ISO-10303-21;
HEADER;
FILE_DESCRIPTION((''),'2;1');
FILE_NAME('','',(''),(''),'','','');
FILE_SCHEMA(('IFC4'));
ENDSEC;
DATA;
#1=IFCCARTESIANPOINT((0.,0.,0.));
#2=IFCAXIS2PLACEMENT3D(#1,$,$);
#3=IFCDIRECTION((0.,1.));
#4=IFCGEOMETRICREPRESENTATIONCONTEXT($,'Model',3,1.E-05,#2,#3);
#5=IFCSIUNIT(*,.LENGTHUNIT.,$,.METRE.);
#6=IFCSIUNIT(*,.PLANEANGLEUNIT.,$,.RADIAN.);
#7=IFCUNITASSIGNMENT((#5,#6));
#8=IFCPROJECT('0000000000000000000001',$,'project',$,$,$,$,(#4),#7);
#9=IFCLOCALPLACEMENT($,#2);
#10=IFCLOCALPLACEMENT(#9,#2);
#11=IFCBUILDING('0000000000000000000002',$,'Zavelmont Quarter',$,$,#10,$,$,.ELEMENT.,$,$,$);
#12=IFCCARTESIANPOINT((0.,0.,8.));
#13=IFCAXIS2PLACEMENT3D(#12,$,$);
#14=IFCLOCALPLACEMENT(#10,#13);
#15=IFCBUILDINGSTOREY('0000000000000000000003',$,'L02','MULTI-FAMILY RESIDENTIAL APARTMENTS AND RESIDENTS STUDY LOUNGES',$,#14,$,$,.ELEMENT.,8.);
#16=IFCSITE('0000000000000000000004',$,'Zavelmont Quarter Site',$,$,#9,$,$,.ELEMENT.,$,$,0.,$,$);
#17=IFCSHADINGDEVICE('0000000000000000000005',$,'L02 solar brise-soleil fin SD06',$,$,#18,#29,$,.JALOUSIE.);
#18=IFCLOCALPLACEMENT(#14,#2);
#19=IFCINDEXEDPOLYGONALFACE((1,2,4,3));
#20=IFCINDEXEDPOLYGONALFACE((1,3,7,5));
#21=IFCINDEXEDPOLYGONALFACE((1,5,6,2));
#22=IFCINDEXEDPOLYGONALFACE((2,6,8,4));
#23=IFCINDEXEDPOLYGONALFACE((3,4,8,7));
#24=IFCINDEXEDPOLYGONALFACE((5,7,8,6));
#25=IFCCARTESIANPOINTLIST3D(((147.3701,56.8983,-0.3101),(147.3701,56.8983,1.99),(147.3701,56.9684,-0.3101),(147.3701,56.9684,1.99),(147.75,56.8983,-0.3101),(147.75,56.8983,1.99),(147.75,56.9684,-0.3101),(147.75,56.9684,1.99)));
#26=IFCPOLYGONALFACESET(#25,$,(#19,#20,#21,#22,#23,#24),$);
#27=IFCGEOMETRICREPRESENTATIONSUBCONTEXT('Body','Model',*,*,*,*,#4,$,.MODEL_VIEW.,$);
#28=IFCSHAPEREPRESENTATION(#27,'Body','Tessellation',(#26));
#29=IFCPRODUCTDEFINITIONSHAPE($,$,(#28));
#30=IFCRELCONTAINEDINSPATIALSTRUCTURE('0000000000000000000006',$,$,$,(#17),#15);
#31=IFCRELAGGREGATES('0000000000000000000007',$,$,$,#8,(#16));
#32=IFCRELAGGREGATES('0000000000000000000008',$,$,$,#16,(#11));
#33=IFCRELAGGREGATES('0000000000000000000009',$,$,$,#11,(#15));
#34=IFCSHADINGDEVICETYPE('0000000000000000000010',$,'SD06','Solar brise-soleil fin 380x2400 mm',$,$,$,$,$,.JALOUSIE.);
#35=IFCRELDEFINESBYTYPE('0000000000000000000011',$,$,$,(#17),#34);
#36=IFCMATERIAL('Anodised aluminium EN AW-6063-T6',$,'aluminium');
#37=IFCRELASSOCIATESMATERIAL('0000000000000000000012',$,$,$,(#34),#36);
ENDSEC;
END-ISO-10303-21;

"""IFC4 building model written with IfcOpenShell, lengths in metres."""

from ifc_helpers import new_model, si_unit, direction, frame, origin, origin_2d, place, context, subcontext, project, spatial, rectangle, extrude, material, type_object, element, save


model = new_model("IFC4")

# Units and contexts
model_context = context("Model", 3, precision=1e-05, world=origin(), true_north=direction((0.0, 1.0)))
body_context = subcontext(model_context, "Body", "Model", "MODEL_VIEW")
ifc_project = project(units=[si_unit("LENGTHUNIT", "METRE"), si_unit("PLANEANGLEUNIT", "RADIAN")], contexts=[model_context])

# Site, building, storey
site_placement = place(None, origin())
site = spatial("IfcSite", under=ifc_project, at=site_placement, Name="Zavelmont Quarter Site", CompositionType="ELEMENT", RefElevation=0.0)
building_placement = place(site_placement, origin())
building = spatial("IfcBuilding", under=site, at=building_placement, Name="Zavelmont Quarter", CompositionType="ELEMENT")
storey_placement = place(building_placement, frame((0.0, 0.0, 8.0)))
storey = spatial("IfcBuildingStorey", under=building, at=storey_placement, Name="L02", Description="MULTI-FAMILY RESIDENTIAL APARTMENTS AND RESIDENTS STUDY LOUNGES", CompositionType="ELEMENT", Elevation=8.0)

# Shading device
ifc_material_1 = material(Name="Anodised aluminium EN AW-6063-T6", Category="aluminium")
shading_device_type = type_object("IfcShadingDeviceType", Name="SD06", Description="Solar brise-soleil fin 380x2400 mm", PredefinedType="JALOUSIE", material=ifc_material_1)
for number, where, z_axis, x_axis, name in (
    (1, (147.5601, 56.9333, -0.3101), (0.0, 0.0, 1.0), (0.0, 1.0, 0.0), "L02 solar brise-soleil fin SD06"),
):
    element("IfcShadingDevice", number, at=place(storey_placement, frame(where, z_axis=z_axis, x_axis=x_axis)), inside=storey, type_object=shading_device_type, Name=name, PredefinedType="JALOUSIE", context=body_context, shape_type="SweptSolid", body=[
        extrude(rectangle(XDim=0.0701, YDim=0.3799, at=origin_2d()), origin(), (0.0, 0.0, 1.0), 2.3),
    ])

save(model, "model.ifc")
